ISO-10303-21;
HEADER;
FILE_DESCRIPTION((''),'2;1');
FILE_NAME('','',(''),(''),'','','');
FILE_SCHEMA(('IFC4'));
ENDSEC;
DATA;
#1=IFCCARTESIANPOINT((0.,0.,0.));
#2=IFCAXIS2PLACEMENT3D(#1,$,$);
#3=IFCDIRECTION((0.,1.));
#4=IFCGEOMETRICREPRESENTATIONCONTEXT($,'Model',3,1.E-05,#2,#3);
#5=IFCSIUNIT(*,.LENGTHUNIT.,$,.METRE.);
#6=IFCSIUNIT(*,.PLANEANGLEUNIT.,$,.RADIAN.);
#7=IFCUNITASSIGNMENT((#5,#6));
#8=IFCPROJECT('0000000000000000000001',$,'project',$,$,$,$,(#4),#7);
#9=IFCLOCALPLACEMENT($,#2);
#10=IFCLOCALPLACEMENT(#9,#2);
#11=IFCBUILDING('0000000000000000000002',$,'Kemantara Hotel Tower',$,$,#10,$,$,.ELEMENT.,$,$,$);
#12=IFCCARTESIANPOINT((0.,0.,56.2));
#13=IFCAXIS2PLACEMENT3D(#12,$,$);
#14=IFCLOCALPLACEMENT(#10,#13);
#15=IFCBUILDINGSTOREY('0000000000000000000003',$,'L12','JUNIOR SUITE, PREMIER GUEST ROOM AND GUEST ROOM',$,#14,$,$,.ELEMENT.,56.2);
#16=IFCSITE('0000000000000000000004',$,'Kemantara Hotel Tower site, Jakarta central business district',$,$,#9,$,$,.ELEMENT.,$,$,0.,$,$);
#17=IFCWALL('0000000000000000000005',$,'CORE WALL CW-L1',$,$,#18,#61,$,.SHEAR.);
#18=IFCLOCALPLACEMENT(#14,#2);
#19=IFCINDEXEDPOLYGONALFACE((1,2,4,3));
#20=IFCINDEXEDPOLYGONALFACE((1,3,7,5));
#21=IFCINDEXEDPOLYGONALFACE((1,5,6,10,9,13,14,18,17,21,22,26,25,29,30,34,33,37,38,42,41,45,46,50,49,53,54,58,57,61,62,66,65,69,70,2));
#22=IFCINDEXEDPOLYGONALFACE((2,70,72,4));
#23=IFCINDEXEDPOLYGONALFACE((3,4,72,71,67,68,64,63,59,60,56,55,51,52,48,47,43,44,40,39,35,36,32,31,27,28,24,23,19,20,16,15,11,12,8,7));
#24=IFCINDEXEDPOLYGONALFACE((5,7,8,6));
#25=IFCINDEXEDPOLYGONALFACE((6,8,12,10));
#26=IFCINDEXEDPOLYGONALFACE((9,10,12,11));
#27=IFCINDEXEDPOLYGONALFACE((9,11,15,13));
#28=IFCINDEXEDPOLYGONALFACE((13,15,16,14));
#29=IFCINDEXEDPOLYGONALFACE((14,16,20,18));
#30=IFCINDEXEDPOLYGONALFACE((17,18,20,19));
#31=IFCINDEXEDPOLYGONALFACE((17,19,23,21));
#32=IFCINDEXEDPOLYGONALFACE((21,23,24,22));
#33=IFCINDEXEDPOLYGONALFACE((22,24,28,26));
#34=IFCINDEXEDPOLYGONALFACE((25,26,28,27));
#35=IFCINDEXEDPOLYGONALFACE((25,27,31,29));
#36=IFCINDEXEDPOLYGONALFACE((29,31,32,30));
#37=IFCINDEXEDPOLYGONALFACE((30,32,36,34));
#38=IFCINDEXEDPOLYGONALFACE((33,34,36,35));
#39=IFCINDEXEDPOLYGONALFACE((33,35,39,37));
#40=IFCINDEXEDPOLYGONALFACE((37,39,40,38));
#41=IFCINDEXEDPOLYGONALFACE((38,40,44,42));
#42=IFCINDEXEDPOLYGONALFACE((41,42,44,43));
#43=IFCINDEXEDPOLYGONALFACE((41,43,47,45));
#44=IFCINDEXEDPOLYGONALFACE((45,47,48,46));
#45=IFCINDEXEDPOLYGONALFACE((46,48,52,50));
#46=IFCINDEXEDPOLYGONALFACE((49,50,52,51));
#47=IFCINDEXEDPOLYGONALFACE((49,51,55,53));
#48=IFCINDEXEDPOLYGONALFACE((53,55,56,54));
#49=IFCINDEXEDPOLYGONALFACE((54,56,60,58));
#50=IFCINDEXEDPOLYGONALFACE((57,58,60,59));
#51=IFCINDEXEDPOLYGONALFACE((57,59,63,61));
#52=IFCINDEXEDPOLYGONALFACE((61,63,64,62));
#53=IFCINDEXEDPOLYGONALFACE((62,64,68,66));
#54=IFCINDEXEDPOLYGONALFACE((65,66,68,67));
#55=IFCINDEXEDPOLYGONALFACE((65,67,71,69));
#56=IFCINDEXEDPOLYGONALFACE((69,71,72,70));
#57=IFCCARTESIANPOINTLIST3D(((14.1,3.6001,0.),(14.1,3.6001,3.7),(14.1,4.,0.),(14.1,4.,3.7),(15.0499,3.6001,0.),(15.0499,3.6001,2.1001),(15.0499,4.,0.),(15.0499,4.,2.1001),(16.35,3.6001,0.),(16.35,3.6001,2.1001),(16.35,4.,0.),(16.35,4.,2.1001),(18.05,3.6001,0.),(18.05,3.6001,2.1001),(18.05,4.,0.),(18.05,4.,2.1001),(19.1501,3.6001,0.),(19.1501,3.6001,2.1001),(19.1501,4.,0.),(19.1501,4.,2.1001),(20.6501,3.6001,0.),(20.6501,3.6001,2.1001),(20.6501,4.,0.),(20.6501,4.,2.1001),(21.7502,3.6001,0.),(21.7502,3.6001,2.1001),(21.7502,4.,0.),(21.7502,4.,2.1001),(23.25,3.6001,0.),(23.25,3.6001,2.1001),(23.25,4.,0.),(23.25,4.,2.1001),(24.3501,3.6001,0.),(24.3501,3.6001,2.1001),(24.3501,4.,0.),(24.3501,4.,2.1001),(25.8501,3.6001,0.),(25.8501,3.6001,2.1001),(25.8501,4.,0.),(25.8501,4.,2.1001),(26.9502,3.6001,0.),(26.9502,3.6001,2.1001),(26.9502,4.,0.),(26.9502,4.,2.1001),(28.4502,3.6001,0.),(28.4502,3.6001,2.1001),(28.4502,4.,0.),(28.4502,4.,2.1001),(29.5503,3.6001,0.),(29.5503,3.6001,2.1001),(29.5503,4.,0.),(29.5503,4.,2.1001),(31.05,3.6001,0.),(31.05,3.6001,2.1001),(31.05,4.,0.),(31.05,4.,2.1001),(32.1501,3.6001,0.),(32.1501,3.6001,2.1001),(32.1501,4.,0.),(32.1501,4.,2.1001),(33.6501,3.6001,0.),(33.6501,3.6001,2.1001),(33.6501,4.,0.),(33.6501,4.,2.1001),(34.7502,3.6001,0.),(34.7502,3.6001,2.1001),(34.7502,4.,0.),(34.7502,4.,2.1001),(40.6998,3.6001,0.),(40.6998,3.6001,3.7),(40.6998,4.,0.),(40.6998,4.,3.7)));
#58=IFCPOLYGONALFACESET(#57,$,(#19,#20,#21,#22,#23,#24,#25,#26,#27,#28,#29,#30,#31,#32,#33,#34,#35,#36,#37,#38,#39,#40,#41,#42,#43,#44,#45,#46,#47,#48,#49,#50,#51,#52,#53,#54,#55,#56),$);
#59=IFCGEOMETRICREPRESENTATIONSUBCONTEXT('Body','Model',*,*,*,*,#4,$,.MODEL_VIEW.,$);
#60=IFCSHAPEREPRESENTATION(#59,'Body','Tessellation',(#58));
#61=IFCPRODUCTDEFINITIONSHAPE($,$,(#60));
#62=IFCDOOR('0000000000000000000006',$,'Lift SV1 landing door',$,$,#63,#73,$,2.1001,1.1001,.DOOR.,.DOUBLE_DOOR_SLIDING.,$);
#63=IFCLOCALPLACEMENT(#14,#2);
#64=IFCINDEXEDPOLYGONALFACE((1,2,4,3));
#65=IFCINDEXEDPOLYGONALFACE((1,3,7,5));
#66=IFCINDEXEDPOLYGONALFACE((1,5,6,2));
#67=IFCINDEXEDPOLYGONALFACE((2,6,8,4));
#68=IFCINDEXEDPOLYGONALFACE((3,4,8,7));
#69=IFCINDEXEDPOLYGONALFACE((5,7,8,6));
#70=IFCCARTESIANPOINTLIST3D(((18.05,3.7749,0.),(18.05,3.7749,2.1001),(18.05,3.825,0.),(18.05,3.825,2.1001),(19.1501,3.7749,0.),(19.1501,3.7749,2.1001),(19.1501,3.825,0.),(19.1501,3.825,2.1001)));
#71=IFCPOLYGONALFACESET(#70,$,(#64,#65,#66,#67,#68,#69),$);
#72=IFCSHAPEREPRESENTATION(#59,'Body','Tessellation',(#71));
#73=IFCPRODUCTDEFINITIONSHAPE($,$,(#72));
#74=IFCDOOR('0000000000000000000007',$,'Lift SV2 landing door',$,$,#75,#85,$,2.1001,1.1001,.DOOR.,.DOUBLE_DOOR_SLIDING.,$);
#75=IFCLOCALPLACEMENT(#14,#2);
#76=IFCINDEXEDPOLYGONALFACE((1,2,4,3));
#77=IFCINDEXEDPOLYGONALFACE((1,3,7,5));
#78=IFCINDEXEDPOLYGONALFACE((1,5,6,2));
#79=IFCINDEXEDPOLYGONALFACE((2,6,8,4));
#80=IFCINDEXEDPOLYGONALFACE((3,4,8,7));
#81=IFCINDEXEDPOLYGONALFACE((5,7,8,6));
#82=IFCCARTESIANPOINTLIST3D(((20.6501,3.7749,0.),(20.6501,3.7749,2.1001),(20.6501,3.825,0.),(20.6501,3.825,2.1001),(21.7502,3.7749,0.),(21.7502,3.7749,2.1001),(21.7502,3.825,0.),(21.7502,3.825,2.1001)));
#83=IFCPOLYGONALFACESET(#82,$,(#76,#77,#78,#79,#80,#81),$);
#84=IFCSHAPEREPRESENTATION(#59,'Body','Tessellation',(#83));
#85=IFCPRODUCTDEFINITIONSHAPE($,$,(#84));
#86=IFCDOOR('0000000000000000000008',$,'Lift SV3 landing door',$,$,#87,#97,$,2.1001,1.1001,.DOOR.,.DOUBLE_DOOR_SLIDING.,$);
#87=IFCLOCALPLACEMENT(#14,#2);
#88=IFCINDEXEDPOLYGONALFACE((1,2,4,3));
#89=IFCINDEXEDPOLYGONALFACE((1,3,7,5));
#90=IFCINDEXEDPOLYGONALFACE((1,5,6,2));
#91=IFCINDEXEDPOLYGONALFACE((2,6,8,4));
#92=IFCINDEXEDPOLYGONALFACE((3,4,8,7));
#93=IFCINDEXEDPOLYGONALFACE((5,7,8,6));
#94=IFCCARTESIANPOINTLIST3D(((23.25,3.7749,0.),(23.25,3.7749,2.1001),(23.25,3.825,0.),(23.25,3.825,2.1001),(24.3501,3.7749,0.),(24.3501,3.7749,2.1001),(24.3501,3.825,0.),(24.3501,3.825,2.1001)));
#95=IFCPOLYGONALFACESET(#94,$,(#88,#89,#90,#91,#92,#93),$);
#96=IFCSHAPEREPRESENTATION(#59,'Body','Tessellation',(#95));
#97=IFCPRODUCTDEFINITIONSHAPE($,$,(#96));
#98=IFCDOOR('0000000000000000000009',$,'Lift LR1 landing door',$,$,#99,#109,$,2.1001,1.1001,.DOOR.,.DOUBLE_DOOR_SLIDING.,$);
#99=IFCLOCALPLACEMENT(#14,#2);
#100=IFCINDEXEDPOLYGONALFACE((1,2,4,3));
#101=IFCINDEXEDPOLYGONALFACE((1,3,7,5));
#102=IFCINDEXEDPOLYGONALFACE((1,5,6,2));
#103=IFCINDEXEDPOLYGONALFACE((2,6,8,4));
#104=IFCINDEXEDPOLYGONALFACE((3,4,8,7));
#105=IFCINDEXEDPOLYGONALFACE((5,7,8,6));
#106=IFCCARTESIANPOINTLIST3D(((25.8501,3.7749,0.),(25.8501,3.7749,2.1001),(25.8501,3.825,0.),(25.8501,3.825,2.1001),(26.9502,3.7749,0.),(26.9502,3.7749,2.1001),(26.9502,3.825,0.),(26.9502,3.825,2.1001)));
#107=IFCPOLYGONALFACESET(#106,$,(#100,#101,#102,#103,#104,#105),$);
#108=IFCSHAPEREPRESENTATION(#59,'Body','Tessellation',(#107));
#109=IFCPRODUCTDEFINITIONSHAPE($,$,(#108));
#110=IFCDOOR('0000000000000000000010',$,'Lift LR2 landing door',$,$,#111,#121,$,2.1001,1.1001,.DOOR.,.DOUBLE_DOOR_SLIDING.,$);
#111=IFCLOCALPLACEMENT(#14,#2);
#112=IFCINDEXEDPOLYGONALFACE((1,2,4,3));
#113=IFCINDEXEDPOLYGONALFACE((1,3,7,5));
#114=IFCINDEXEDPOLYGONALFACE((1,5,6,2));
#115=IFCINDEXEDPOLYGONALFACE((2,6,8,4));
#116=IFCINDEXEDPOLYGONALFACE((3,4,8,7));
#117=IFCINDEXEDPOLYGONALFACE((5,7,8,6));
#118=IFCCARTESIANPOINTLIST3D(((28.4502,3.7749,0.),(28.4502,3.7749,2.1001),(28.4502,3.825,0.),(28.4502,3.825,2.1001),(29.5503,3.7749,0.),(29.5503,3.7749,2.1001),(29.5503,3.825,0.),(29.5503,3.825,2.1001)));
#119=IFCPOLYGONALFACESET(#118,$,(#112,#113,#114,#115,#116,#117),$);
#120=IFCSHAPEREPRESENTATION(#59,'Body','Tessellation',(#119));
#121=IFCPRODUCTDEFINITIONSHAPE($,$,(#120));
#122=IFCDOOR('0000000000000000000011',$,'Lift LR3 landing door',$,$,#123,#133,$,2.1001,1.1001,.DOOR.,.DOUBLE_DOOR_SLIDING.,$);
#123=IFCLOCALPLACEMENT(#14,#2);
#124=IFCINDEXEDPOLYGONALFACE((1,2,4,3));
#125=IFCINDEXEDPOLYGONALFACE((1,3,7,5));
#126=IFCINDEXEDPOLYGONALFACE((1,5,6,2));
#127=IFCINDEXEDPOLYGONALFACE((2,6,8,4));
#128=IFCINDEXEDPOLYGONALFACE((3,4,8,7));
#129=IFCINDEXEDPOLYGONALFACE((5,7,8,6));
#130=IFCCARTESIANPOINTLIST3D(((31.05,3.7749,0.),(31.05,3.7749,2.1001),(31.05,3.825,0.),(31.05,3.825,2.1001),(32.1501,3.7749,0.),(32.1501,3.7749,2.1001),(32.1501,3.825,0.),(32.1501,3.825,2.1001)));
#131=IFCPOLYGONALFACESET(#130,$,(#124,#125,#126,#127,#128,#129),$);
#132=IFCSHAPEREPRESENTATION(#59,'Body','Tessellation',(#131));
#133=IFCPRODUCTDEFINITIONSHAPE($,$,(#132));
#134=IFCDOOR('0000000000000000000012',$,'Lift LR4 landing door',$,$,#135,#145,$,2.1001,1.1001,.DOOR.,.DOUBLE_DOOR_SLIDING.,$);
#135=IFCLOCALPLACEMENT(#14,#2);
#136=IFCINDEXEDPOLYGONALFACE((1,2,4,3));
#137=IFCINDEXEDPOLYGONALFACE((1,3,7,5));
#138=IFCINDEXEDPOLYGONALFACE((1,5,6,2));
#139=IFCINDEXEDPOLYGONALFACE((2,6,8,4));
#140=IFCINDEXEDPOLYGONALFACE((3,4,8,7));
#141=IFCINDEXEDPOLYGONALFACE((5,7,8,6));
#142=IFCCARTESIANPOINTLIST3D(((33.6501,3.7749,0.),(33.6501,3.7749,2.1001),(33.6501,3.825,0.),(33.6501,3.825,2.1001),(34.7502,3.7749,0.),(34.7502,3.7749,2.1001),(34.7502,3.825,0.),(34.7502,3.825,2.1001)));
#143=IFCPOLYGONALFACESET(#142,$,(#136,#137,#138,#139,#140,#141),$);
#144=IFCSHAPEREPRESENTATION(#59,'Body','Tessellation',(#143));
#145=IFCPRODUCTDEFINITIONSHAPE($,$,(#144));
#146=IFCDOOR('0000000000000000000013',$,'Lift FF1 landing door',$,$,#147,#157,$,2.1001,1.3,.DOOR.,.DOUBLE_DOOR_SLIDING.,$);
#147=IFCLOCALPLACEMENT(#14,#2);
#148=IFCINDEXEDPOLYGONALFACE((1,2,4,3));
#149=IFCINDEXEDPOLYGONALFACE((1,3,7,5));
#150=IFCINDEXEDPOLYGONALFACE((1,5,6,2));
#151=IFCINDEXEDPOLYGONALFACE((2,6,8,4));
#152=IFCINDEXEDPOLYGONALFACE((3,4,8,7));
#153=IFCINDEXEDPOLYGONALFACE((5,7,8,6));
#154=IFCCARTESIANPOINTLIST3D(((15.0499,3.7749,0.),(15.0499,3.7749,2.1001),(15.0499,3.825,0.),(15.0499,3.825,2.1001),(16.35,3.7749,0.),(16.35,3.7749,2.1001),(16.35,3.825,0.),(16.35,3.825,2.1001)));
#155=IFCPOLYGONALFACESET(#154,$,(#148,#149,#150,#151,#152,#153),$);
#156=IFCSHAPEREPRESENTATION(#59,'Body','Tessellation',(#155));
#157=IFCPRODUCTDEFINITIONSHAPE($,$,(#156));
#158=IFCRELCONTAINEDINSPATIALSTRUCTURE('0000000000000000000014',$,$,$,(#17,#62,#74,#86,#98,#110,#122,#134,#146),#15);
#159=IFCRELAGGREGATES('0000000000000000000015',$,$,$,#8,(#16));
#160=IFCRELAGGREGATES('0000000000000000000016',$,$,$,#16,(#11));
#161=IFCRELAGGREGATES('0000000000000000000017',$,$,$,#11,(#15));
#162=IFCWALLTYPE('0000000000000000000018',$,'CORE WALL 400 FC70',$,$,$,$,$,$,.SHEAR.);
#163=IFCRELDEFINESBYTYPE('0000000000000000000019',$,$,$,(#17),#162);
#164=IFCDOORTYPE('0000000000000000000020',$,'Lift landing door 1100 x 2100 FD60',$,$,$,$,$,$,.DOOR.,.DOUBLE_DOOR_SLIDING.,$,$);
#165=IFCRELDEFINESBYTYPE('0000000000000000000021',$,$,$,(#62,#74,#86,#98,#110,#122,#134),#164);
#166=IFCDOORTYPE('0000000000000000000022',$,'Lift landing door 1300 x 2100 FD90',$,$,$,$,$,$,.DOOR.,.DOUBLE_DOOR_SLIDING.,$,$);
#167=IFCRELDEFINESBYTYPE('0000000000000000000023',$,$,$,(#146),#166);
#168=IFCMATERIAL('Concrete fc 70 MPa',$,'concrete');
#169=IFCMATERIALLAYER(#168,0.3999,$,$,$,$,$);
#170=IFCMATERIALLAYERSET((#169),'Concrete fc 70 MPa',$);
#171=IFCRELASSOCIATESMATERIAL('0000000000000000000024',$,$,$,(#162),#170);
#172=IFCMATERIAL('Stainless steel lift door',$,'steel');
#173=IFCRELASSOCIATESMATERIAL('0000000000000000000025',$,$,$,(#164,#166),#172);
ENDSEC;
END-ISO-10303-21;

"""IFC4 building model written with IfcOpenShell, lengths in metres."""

from ifc_helpers import new_model, si_unit, direction, frame, frame_2d, origin, place, context, subcontext, project, spatial, rectangle, extrude, material, layer, layer_set, type_object, element, fill, save


model = new_model("IFC4")

# Units and contexts
model_context = context("Model", 3, precision=1e-05, world=origin(), true_north=direction((0.0, 1.0)))
body_context = subcontext(model_context, "Body", "Model", "MODEL_VIEW")
ifc_project = project(units=[si_unit("LENGTHUNIT", "METRE"), si_unit("PLANEANGLEUNIT", "RADIAN")], contexts=[model_context])

# Site, building, storey
site_placement = place(None, origin())
site = spatial("IfcSite", under=ifc_project, at=site_placement, Name="Kemantara Hotel Tower site, Jakarta central business district", CompositionType="ELEMENT", RefElevation=0.0)
building_placement = place(site_placement, origin())
building = spatial("IfcBuilding", under=site, at=building_placement, Name="Kemantara Hotel Tower", CompositionType="ELEMENT")
storey_placement = place(building_placement, frame((0.0, 0.0, 56.2)))
storey = spatial("IfcBuildingStorey", under=building, at=storey_placement, Name="L12", Description="JUNIOR SUITE, PREMIER GUEST ROOM AND GUEST ROOM", CompositionType="ELEMENT", Elevation=56.2)

# Shared definitions
ifc_material_1 = material(Name="Concrete fc 70 MPa", Category="concrete")

# Shared definitions
ifc_layer_1 = layer(ifc_material_1, 0.3999)
ifc_layer_set_1 = layer_set([ifc_layer_1], Name="Concrete fc 70 MPa")
wall_type_1 = type_object("IfcWallType", Name="CORE WALL 400 FC70", PredefinedType="SHEAR", material=ifc_layer_set_1)

# Wall, openings, doors
wall_1_placement = place(storey_placement, frame((14.1001, 3.8, 0.0), z_axis=(0.0, 0.0, 1.0), x_axis=(1.0, 0.0, 0.0)))
wall_1 = element("IfcWall", 1, at=wall_1_placement, inside=storey, type_object=wall_type_1, Name="CORE WALL CW-L1", PredefinedType="SHEAR", context=body_context, shape_type="SweptSolid", body=[
    extrude(rectangle(XDim=26.5999, YDim=0.3999, at=frame_2d((13.2998, 0.0))), origin(), (0.0, 0.0, 1.0), 3.7),
])
opening_1_placement = place(wall_1_placement, frame((0.95, 0.0, 0.0)))
opening_1 = element("IfcOpeningElement", 2, at=opening_1_placement, cuts=wall_1, PredefinedType="OPENING", context=body_context, shape_type="SweptSolid", body=[
    extrude(rectangle(XDim=1.3, YDim=2.1001, at=frame_2d((0.6499, 1.05))), frame((0.0, 0.21, 0.0), z_axis=(0.0, -1.0, 0.0), x_axis=(1.0, 0.0, 0.0)), (0.0, 0.0, 1.0), 0.4199),
])
opening_2_placement = place(wall_1_placement, frame((3.95, 0.0, 0.0)))
opening_2 = element("IfcOpeningElement", 3, at=opening_2_placement, cuts=wall_1, PredefinedType="OPENING", context=body_context, shape_type="SweptSolid", body=[
    extrude(rectangle(XDim=1.1001, YDim=2.1001, at=frame_2d((0.55, 1.05))), frame((0.0, 0.21, 0.0), z_axis=(0.0, -1.0, 0.0), x_axis=(1.0, 0.0, 0.0)), (0.0, 0.0, 1.0), 0.4199),
])
opening_3_placement = place(wall_1_placement, frame((6.55, 0.0, 0.0)))
opening_3 = element("IfcOpeningElement", 4, at=opening_3_placement, cuts=wall_1, PredefinedType="OPENING", context=body_context, shape_type="SweptSolid", body=[
    extrude(rectangle(XDim=1.1001, YDim=2.1001, at=frame_2d((0.55, 1.05))), frame((0.0, 0.21, 0.0), z_axis=(0.0, -1.0, 0.0), x_axis=(1.0, 0.0, 0.0)), (0.0, 0.0, 1.0), 0.4199),
])
opening_4_placement = place(wall_1_placement, frame((9.1499, 0.0, 0.0)))
opening_4 = element("IfcOpeningElement", 5, at=opening_4_placement, cuts=wall_1, PredefinedType="OPENING", context=body_context, shape_type="SweptSolid", body=[
    extrude(rectangle(XDim=1.1001, YDim=2.1001, at=frame_2d((0.55, 1.05))), frame((0.0, 0.21, 0.0), z_axis=(0.0, -1.0, 0.0), x_axis=(1.0, 0.0, 0.0)), (0.0, 0.0, 1.0), 0.4199),
])
opening_5_placement = place(wall_1_placement, frame((11.75, 0.0, 0.0)))
opening_5 = element("IfcOpeningElement", 6, at=opening_5_placement, cuts=wall_1, PredefinedType="OPENING", context=body_context, shape_type="SweptSolid", body=[
    extrude(rectangle(XDim=1.1001, YDim=2.1001, at=frame_2d((0.55, 1.05))), frame((0.0, 0.21, 0.0), z_axis=(0.0, -1.0, 0.0), x_axis=(1.0, 0.0, 0.0)), (0.0, 0.0, 1.0), 0.4199),
])
opening_6_placement = place(wall_1_placement, frame((14.3501, 0.0, 0.0)))
opening_6 = element("IfcOpeningElement", 7, at=opening_6_placement, cuts=wall_1, PredefinedType="OPENING", context=body_context, shape_type="SweptSolid", body=[
    extrude(rectangle(XDim=1.1001, YDim=2.1001, at=frame_2d((0.55, 1.05))), frame((0.0, 0.21, 0.0), z_axis=(0.0, -1.0, 0.0), x_axis=(1.0, 0.0, 0.0)), (0.0, 0.0, 1.0), 0.4199),
])
opening_7_placement = place(wall_1_placement, frame((16.95, 0.0, 0.0)))
opening_7 = element("IfcOpeningElement", 8, at=opening_7_placement, cuts=wall_1, PredefinedType="OPENING", context=body_context, shape_type="SweptSolid", body=[
    extrude(rectangle(XDim=1.1001, YDim=2.1001, at=frame_2d((0.55, 1.05))), frame((0.0, 0.21, 0.0), z_axis=(0.0, -1.0, 0.0), x_axis=(1.0, 0.0, 0.0)), (0.0, 0.0, 1.0), 0.4199),
])
opening_8_placement = place(wall_1_placement, frame((19.55, 0.0, 0.0)))
opening_8 = element("IfcOpeningElement", 9, at=opening_8_placement, cuts=wall_1, PredefinedType="OPENING", context=body_context, shape_type="SweptSolid", body=[
    extrude(rectangle(XDim=1.1001, YDim=2.1001, at=frame_2d((0.55, 1.05))), frame((0.0, 0.21, 0.0), z_axis=(0.0, -1.0, 0.0), x_axis=(1.0, 0.0, 0.0)), (0.0, 0.0, 1.0), 0.4199),
])
ifc_material_2 = material(Name="Stainless steel lift door", Category="steel")
door_type_1 = type_object("IfcDoorType", Name="Lift landing door 1100 x 2100 FD60", OperationType="DOUBLE_DOOR_SLIDING", PredefinedType="DOOR", material=ifc_material_2)
door_1_placement = place(opening_2_placement, origin())
door_1 = element("IfcDoor", 10, at=door_1_placement, inside=storey, type_object=door_type_1, Name="Lift SV1 landing door", OperationType="DOUBLE_DOOR_SLIDING", OverallHeight=2.1001, OverallWidth=1.1001, PredefinedType="DOOR", context=body_context, shape_type="SweptSolid", body=[
    extrude(rectangle(XDim=1.1001, YDim=2.1001, at=frame_2d((0.55, 1.05))), frame((0.0, 0.0249, 0.0), z_axis=(0.0, -1.0, 0.0), x_axis=(1.0, 0.0, 0.0)), (0.0, 0.0, 1.0), 0.05),
])
fill(opening_2, door_1)
door_2_placement = place(opening_3_placement, origin())
door_2 = element("IfcDoor", 11, at=door_2_placement, inside=storey, type_object=door_type_1, Name="Lift SV2 landing door", OperationType="DOUBLE_DOOR_SLIDING", OverallHeight=2.1001, OverallWidth=1.1001, PredefinedType="DOOR", context=body_context, shape_type="SweptSolid", body=[
    extrude(rectangle(XDim=1.1001, YDim=2.1001, at=frame_2d((0.55, 1.05))), frame((0.0, 0.0249, 0.0), z_axis=(0.0, -1.0, 0.0), x_axis=(1.0, 0.0, 0.0)), (0.0, 0.0, 1.0), 0.05),
])
fill(opening_3, door_2)
door_3_placement = place(opening_4_placement, origin())
door_3 = element("IfcDoor", 12, at=door_3_placement, inside=storey, type_object=door_type_1, Name="Lift SV3 landing door", OperationType="DOUBLE_DOOR_SLIDING", OverallHeight=2.1001, OverallWidth=1.1001, PredefinedType="DOOR", context=body_context, shape_type="SweptSolid", body=[
    extrude(rectangle(XDim=1.1001, YDim=2.1001, at=frame_2d((0.55, 1.05))), frame((0.0, 0.0249, 0.0), z_axis=(0.0, -1.0, 0.0), x_axis=(1.0, 0.0, 0.0)), (0.0, 0.0, 1.0), 0.05),
])
fill(opening_4, door_3)
door_4_placement = place(opening_5_placement, origin())
door_4 = element("IfcDoor", 13, at=door_4_placement, inside=storey, type_object=door_type_1, Name="Lift LR1 landing door", OperationType="DOUBLE_DOOR_SLIDING", OverallHeight=2.1001, OverallWidth=1.1001, PredefinedType="DOOR", context=body_context, shape_type="SweptSolid", body=[
    extrude(rectangle(XDim=1.1001, YDim=2.1001, at=frame_2d((0.55, 1.05))), frame((0.0, 0.0249, 0.0), z_axis=(0.0, -1.0, 0.0), x_axis=(1.0, 0.0, 0.0)), (0.0, 0.0, 1.0), 0.05),
])
fill(opening_5, door_4)
door_5_placement = place(opening_6_placement, origin())
door_5 = element("IfcDoor", 14, at=door_5_placement, inside=storey, type_object=door_type_1, Name="Lift LR2 landing door", OperationType="DOUBLE_DOOR_SLIDING", OverallHeight=2.1001, OverallWidth=1.1001, PredefinedType="DOOR", context=body_context, shape_type="SweptSolid", body=[
    extrude(rectangle(XDim=1.1001, YDim=2.1001, at=frame_2d((0.55, 1.05))), frame((0.0, 0.0249, 0.0), z_axis=(0.0, -1.0, 0.0), x_axis=(1.0, 0.0, 0.0)), (0.0, 0.0, 1.0), 0.05),
])
fill(opening_6, door_5)
door_6_placement = place(opening_7_placement, origin())
door_6 = element("IfcDoor", 15, at=door_6_placement, inside=storey, type_object=door_type_1, Name="Lift LR3 landing door", OperationType="DOUBLE_DOOR_SLIDING", OverallHeight=2.1001, OverallWidth=1.1001, PredefinedType="DOOR", context=body_context, shape_type="SweptSolid", body=[
    extrude(rectangle(XDim=1.1001, YDim=2.1001, at=frame_2d((0.55, 1.05))), frame((0.0, 0.0249, 0.0), z_axis=(0.0, -1.0, 0.0), x_axis=(1.0, 0.0, 0.0)), (0.0, 0.0, 1.0), 0.05),
])
fill(opening_7, door_6)
door_7_placement = place(opening_8_placement, origin())
door_7 = element("IfcDoor", 16, at=door_7_placement, inside=storey, type_object=door_type_1, Name="Lift LR4 landing door", OperationType="DOUBLE_DOOR_SLIDING", OverallHeight=2.1001, OverallWidth=1.1001, PredefinedType="DOOR", context=body_context, shape_type="SweptSolid", body=[
    extrude(rectangle(XDim=1.1001, YDim=2.1001, at=frame_2d((0.55, 1.05))), frame((0.0, 0.0249, 0.0), z_axis=(0.0, -1.0, 0.0), x_axis=(1.0, 0.0, 0.0)), (0.0, 0.0, 1.0), 0.05),
])
fill(opening_8, door_7)
door_type_2 = type_object("IfcDoorType", Name="Lift landing door 1300 x 2100 FD90", OperationType="DOUBLE_DOOR_SLIDING", PredefinedType="DOOR", material=ifc_material_2)
door_8_placement = place(opening_1_placement, origin())
door_8 = element("IfcDoor", 17, at=door_8_placement, inside=storey, type_object=door_type_2, Name="Lift FF1 landing door", OperationType="DOUBLE_DOOR_SLIDING", OverallHeight=2.1001, OverallWidth=1.3, PredefinedType="DOOR", context=body_context, shape_type="SweptSolid", body=[
    extrude(rectangle(XDim=1.3, YDim=2.1001, at=frame_2d((0.6499, 1.05))), frame((0.0, 0.0249, 0.0), z_axis=(0.0, -1.0, 0.0), x_axis=(1.0, 0.0, 0.0)), (0.0, 0.0, 1.0), 0.05),
])
fill(opening_1, door_8)

save(model, "model.ifc")
